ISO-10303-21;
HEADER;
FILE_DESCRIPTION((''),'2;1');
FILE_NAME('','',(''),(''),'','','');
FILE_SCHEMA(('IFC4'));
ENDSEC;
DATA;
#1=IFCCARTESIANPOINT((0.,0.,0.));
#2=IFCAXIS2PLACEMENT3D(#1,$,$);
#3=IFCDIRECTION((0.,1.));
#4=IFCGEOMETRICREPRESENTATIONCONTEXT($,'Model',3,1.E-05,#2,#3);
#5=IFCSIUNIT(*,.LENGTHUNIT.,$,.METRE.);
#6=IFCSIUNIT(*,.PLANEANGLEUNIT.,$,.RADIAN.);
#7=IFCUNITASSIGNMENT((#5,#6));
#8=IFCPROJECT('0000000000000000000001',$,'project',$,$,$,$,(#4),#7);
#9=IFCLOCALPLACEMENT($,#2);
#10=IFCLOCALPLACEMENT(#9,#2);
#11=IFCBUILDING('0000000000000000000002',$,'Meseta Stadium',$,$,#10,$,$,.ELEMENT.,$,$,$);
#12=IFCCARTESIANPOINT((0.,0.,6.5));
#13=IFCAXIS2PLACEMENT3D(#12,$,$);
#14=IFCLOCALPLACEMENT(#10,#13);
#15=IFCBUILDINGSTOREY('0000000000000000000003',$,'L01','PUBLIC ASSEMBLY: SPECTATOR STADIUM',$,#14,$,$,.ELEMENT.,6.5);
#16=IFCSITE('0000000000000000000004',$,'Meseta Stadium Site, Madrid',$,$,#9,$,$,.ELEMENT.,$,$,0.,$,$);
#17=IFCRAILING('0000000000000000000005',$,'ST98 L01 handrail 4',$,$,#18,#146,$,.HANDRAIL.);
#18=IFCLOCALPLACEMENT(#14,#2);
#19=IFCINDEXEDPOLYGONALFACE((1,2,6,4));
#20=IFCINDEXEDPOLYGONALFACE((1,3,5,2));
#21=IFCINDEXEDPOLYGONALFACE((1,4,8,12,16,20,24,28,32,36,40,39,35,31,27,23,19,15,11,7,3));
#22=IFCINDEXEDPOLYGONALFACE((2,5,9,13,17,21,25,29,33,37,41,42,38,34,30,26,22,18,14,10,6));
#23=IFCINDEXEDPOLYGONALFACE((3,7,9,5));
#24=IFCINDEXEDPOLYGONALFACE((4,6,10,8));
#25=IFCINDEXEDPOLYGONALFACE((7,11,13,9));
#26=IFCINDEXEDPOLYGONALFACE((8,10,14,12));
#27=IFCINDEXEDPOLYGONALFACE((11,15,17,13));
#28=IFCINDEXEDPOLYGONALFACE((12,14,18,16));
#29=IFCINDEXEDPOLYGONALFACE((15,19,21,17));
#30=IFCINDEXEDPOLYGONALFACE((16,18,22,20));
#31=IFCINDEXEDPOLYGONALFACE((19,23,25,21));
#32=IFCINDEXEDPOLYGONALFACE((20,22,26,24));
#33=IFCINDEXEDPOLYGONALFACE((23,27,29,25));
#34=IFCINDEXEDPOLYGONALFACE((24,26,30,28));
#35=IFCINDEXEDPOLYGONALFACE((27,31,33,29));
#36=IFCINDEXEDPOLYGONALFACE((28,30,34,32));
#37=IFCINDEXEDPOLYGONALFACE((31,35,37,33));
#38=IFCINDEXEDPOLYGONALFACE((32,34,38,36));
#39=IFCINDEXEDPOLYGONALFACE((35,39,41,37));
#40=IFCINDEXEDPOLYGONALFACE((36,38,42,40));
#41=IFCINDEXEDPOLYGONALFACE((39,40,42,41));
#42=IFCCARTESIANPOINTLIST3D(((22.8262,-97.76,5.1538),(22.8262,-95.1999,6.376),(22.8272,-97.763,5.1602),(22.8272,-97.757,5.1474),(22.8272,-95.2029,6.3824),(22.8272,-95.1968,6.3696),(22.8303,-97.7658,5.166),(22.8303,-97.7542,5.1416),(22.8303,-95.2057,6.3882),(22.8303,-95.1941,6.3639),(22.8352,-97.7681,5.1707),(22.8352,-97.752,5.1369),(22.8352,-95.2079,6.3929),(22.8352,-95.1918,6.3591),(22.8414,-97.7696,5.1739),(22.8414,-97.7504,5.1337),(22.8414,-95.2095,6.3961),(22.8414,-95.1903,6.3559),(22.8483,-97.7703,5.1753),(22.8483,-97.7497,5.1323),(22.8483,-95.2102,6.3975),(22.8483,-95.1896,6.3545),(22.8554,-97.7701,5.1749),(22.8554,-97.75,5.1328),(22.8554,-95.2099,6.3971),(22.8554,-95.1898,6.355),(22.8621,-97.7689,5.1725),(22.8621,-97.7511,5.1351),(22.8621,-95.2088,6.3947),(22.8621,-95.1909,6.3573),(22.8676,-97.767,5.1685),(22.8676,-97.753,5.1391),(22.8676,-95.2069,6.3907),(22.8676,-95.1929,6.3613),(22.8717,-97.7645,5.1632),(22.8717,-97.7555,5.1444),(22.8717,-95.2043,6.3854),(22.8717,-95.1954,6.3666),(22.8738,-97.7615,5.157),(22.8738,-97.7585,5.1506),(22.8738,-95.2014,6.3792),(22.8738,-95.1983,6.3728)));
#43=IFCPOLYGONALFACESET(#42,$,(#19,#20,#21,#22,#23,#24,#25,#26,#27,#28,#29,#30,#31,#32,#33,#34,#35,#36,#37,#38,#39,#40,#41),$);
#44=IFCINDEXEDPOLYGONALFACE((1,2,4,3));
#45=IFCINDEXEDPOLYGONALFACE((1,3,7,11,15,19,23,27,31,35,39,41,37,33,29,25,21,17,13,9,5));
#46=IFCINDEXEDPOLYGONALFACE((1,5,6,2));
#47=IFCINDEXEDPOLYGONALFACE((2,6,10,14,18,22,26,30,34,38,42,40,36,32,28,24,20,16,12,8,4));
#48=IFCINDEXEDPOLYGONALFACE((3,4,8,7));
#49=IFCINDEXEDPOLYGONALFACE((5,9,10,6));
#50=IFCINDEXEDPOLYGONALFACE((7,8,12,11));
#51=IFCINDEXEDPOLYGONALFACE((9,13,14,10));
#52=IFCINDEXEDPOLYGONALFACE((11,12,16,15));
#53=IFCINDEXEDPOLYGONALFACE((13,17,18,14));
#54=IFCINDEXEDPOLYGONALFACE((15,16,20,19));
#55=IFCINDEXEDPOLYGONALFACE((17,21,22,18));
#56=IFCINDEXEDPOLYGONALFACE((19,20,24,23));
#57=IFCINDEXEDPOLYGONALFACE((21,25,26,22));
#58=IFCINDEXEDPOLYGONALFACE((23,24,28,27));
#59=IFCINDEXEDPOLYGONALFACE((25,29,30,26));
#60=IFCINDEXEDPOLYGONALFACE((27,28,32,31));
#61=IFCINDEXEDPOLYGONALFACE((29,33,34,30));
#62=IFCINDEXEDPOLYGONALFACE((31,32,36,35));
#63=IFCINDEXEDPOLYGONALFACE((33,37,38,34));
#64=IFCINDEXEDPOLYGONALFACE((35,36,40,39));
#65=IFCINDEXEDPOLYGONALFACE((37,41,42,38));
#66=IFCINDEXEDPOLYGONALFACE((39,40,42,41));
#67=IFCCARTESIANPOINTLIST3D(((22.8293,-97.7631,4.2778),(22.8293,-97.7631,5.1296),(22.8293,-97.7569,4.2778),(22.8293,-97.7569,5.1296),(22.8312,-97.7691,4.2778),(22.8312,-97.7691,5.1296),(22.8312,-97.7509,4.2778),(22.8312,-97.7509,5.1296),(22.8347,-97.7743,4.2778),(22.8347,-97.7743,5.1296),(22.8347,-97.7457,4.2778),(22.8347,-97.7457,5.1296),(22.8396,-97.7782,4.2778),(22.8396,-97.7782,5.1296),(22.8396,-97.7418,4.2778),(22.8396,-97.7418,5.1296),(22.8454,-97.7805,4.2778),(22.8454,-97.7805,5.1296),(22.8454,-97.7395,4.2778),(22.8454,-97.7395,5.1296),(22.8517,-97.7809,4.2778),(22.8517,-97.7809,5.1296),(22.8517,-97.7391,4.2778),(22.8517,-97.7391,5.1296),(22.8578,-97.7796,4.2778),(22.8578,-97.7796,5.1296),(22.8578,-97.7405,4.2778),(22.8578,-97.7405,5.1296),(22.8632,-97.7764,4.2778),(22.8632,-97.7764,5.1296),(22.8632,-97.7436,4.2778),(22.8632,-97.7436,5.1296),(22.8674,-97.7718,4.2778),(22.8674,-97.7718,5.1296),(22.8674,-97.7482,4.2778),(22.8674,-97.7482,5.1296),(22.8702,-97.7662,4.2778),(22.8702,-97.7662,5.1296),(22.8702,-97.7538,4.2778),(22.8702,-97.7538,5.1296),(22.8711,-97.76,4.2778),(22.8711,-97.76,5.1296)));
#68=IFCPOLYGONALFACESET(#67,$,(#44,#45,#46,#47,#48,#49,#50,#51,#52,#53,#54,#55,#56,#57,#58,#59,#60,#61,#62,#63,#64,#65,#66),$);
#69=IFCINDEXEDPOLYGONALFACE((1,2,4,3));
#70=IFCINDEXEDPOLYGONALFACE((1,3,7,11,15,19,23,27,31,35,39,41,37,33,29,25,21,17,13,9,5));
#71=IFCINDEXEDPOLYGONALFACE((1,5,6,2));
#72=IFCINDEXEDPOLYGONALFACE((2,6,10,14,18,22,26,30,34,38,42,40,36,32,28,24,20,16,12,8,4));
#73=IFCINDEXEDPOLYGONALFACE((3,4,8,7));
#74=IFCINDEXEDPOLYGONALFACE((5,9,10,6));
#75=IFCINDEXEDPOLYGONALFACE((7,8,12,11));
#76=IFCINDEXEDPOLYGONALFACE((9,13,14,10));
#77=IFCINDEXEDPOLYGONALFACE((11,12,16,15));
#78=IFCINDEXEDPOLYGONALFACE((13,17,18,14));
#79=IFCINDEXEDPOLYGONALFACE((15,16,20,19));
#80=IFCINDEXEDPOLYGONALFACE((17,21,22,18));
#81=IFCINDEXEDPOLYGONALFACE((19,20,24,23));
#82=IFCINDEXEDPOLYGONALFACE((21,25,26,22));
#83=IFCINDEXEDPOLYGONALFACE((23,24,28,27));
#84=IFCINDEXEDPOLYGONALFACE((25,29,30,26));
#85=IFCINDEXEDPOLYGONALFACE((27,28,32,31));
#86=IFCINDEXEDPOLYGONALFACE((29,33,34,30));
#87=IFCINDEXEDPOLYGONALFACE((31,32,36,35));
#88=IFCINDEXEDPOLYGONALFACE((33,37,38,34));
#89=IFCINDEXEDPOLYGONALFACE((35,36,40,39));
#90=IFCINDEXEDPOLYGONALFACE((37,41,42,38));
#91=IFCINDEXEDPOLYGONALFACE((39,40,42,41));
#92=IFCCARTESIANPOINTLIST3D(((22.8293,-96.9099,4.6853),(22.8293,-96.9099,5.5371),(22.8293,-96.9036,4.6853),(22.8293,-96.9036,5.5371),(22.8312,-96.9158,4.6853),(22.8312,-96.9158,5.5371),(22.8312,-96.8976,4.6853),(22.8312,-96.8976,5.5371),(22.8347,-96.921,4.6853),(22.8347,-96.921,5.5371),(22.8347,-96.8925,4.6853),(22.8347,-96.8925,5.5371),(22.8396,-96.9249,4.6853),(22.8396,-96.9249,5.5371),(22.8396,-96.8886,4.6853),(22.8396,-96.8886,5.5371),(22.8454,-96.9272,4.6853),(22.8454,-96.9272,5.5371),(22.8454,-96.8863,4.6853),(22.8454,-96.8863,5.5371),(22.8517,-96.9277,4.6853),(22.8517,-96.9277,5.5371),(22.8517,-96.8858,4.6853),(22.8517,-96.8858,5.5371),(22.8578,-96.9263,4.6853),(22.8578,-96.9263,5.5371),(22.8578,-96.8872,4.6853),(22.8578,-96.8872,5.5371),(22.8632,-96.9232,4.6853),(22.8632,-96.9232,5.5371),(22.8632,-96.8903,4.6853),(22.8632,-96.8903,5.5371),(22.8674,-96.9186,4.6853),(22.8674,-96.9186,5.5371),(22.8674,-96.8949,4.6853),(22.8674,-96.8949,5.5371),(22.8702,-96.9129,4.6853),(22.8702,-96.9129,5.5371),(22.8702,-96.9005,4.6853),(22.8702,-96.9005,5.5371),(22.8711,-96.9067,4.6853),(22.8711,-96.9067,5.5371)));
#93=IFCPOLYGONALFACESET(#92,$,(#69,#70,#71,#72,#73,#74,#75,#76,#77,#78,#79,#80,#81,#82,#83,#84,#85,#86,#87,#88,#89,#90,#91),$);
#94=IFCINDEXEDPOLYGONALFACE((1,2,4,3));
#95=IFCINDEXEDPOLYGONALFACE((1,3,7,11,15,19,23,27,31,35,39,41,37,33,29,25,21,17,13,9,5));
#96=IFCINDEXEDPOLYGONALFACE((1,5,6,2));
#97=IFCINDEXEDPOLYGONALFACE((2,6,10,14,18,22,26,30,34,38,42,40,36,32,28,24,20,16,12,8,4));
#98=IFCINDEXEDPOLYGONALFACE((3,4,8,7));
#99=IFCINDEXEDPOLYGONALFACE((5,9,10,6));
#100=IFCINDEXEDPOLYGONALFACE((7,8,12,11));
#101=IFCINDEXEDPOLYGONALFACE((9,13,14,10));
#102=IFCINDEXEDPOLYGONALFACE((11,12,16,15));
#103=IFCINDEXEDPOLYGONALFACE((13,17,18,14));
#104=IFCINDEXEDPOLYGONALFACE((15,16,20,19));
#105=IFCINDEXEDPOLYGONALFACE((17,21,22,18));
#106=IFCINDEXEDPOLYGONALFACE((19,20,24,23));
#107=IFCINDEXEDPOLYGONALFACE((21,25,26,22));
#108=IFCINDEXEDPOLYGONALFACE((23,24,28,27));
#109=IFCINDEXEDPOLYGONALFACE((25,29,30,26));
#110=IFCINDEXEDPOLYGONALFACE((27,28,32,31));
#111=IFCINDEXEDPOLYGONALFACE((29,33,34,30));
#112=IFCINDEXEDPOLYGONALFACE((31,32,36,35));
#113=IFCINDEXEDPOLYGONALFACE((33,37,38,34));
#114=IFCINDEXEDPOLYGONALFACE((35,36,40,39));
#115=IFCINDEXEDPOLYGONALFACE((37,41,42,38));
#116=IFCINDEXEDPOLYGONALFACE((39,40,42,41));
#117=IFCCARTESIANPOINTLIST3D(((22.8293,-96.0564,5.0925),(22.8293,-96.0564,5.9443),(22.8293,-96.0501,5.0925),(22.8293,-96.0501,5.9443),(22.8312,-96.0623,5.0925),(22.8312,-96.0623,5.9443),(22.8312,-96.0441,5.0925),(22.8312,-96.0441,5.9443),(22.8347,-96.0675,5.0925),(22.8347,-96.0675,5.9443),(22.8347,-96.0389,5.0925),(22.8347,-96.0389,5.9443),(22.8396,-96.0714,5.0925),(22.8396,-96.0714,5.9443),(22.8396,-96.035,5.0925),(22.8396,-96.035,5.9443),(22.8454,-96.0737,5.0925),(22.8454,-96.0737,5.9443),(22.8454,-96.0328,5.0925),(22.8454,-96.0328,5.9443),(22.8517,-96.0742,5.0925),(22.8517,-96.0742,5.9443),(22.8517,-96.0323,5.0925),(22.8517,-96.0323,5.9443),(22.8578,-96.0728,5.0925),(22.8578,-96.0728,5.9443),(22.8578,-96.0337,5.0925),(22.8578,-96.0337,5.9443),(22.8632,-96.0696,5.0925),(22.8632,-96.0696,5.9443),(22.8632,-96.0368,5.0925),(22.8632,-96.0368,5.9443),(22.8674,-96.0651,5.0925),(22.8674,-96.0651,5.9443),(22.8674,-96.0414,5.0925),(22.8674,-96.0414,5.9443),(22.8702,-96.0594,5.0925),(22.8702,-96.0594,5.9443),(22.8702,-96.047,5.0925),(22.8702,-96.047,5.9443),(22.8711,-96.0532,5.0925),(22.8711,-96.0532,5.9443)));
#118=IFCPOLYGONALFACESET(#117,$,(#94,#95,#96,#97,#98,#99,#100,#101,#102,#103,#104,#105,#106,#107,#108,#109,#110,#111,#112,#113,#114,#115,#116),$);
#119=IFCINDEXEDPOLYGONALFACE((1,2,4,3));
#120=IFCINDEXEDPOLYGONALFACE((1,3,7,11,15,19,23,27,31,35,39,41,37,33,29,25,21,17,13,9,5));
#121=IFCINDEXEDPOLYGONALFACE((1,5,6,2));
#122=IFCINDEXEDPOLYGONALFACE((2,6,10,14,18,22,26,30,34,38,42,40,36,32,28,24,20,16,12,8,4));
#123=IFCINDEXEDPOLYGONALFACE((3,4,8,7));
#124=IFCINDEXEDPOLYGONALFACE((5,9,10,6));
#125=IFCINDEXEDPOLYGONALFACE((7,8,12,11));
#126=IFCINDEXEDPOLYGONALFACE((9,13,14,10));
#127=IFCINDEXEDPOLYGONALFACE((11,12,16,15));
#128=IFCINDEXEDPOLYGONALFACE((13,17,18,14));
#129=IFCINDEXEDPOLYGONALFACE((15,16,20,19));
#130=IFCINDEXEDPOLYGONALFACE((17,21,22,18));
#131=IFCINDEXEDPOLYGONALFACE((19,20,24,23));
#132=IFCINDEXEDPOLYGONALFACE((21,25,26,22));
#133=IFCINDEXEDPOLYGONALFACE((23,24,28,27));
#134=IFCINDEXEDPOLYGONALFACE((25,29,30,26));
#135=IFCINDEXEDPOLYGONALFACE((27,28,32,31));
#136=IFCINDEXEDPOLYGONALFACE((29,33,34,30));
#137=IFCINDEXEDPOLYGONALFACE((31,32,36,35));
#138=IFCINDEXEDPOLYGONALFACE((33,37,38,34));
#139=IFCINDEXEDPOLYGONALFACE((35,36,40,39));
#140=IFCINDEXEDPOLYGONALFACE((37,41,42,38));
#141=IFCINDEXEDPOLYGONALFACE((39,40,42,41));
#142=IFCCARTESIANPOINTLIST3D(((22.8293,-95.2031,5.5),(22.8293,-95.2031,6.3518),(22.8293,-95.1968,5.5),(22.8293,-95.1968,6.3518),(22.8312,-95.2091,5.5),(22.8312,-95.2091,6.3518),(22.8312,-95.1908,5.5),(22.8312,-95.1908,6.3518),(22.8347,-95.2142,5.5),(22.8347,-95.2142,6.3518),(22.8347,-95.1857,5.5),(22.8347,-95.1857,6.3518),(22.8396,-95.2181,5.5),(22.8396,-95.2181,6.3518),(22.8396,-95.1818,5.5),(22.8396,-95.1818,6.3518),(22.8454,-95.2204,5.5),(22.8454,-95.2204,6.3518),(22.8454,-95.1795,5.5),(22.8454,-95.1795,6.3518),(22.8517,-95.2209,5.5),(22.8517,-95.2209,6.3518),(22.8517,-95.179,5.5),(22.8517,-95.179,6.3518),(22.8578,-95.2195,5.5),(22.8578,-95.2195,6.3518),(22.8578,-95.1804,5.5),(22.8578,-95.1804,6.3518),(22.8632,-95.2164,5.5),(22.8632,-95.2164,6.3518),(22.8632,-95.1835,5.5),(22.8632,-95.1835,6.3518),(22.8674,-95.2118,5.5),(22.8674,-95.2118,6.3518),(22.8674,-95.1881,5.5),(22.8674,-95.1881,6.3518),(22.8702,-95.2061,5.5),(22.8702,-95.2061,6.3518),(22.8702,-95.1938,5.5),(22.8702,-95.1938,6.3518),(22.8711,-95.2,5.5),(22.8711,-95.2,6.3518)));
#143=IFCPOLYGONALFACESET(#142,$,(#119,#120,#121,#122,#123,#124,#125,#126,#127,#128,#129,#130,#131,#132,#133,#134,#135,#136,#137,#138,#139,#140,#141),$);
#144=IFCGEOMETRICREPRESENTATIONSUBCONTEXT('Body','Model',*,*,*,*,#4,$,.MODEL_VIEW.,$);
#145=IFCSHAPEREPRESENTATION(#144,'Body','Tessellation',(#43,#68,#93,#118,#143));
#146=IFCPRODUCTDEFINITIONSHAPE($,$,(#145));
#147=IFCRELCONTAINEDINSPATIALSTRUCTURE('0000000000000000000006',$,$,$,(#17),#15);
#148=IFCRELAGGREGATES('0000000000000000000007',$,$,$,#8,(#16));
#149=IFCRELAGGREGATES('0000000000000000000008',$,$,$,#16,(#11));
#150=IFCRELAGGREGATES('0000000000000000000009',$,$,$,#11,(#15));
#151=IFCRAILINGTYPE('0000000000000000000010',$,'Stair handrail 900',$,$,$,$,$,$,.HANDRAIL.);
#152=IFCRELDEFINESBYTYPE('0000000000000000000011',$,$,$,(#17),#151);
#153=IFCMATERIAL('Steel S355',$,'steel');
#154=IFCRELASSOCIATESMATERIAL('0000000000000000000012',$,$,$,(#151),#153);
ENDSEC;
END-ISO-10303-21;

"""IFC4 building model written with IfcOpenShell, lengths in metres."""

from ifc_helpers import new_model, si_unit, direction, frame, origin, origin_2d, place, context, subcontext, project, spatial, circle, extrude, material, type_object, element, save


model = new_model("IFC4")

# Units and contexts
model_context = context("Model", 3, precision=1e-05, world=origin(), true_north=direction((0.0, 1.0)))
body_context = subcontext(model_context, "Body", "Model", "MODEL_VIEW")
ifc_project = project(units=[si_unit("LENGTHUNIT", "METRE"), si_unit("PLANEANGLEUNIT", "RADIAN")], contexts=[model_context])

# Site, building, storey
site_placement = place(None, origin())
site = spatial("IfcSite", under=ifc_project, at=site_placement, Name="Meseta Stadium Site, Madrid", CompositionType="ELEMENT", RefElevation=0.0)
building_placement = place(site_placement, origin())
building = spatial("IfcBuilding", under=site, at=building_placement, Name="Meseta Stadium", CompositionType="ELEMENT")
storey_placement = place(building_placement, frame((0.0, 0.0, 6.5)))
storey = spatial("IfcBuildingStorey", under=building, at=storey_placement, Name="L01", Description="PUBLIC ASSEMBLY: SPECTATOR STADIUM", CompositionType="ELEMENT", Elevation=6.5)

# Railing
ifc_material_1 = material(Name="Steel S355", Category="steel")
railing_type_1 = type_object("IfcRailingType", Name="Stair handrail 900", PredefinedType="HANDRAIL", material=ifc_material_1)
for number, where, name in (
    (1, (22.8501, -97.76, 4.2778), "ST98 L01 handrail 4"),
):
    element("IfcRailing", number, at=place(storey_placement, frame(where)), inside=storey, type_object=railing_type_1, Name=name, PredefinedType="HANDRAIL", context=body_context, shape_type="SweptSolid", body=[
        extrude(circle(Radius=0.0239, at=origin_2d()), frame((0.0, 0.0, 0.876), z_axis=(0.0, 0.902437, 0.430822), x_axis=(-1.0, 0.0, 0.0)), (0.0, 0.0, 1.0), 2.8369),
        extrude(circle(Radius=0.021, at=origin_2d()), origin(), (0.0, 0.0, 1.0), 0.8518),
        extrude(circle(Radius=0.021, at=origin_2d()), frame((0.0, 0.8533, 0.4075)), (0.0, 0.0, 1.0), 0.8518),
        extrude(circle(Radius=0.021, at=origin_2d()), frame((0.0, 1.7068, 0.8147)), (0.0, 0.0, 1.0), 0.8518),
        extrude(circle(Radius=0.021, at=origin_2d()), frame((0.0, 2.5601, 1.2222)), (0.0, 0.0, 1.0), 0.8518),
    ])

save(model, "model.ifc")
